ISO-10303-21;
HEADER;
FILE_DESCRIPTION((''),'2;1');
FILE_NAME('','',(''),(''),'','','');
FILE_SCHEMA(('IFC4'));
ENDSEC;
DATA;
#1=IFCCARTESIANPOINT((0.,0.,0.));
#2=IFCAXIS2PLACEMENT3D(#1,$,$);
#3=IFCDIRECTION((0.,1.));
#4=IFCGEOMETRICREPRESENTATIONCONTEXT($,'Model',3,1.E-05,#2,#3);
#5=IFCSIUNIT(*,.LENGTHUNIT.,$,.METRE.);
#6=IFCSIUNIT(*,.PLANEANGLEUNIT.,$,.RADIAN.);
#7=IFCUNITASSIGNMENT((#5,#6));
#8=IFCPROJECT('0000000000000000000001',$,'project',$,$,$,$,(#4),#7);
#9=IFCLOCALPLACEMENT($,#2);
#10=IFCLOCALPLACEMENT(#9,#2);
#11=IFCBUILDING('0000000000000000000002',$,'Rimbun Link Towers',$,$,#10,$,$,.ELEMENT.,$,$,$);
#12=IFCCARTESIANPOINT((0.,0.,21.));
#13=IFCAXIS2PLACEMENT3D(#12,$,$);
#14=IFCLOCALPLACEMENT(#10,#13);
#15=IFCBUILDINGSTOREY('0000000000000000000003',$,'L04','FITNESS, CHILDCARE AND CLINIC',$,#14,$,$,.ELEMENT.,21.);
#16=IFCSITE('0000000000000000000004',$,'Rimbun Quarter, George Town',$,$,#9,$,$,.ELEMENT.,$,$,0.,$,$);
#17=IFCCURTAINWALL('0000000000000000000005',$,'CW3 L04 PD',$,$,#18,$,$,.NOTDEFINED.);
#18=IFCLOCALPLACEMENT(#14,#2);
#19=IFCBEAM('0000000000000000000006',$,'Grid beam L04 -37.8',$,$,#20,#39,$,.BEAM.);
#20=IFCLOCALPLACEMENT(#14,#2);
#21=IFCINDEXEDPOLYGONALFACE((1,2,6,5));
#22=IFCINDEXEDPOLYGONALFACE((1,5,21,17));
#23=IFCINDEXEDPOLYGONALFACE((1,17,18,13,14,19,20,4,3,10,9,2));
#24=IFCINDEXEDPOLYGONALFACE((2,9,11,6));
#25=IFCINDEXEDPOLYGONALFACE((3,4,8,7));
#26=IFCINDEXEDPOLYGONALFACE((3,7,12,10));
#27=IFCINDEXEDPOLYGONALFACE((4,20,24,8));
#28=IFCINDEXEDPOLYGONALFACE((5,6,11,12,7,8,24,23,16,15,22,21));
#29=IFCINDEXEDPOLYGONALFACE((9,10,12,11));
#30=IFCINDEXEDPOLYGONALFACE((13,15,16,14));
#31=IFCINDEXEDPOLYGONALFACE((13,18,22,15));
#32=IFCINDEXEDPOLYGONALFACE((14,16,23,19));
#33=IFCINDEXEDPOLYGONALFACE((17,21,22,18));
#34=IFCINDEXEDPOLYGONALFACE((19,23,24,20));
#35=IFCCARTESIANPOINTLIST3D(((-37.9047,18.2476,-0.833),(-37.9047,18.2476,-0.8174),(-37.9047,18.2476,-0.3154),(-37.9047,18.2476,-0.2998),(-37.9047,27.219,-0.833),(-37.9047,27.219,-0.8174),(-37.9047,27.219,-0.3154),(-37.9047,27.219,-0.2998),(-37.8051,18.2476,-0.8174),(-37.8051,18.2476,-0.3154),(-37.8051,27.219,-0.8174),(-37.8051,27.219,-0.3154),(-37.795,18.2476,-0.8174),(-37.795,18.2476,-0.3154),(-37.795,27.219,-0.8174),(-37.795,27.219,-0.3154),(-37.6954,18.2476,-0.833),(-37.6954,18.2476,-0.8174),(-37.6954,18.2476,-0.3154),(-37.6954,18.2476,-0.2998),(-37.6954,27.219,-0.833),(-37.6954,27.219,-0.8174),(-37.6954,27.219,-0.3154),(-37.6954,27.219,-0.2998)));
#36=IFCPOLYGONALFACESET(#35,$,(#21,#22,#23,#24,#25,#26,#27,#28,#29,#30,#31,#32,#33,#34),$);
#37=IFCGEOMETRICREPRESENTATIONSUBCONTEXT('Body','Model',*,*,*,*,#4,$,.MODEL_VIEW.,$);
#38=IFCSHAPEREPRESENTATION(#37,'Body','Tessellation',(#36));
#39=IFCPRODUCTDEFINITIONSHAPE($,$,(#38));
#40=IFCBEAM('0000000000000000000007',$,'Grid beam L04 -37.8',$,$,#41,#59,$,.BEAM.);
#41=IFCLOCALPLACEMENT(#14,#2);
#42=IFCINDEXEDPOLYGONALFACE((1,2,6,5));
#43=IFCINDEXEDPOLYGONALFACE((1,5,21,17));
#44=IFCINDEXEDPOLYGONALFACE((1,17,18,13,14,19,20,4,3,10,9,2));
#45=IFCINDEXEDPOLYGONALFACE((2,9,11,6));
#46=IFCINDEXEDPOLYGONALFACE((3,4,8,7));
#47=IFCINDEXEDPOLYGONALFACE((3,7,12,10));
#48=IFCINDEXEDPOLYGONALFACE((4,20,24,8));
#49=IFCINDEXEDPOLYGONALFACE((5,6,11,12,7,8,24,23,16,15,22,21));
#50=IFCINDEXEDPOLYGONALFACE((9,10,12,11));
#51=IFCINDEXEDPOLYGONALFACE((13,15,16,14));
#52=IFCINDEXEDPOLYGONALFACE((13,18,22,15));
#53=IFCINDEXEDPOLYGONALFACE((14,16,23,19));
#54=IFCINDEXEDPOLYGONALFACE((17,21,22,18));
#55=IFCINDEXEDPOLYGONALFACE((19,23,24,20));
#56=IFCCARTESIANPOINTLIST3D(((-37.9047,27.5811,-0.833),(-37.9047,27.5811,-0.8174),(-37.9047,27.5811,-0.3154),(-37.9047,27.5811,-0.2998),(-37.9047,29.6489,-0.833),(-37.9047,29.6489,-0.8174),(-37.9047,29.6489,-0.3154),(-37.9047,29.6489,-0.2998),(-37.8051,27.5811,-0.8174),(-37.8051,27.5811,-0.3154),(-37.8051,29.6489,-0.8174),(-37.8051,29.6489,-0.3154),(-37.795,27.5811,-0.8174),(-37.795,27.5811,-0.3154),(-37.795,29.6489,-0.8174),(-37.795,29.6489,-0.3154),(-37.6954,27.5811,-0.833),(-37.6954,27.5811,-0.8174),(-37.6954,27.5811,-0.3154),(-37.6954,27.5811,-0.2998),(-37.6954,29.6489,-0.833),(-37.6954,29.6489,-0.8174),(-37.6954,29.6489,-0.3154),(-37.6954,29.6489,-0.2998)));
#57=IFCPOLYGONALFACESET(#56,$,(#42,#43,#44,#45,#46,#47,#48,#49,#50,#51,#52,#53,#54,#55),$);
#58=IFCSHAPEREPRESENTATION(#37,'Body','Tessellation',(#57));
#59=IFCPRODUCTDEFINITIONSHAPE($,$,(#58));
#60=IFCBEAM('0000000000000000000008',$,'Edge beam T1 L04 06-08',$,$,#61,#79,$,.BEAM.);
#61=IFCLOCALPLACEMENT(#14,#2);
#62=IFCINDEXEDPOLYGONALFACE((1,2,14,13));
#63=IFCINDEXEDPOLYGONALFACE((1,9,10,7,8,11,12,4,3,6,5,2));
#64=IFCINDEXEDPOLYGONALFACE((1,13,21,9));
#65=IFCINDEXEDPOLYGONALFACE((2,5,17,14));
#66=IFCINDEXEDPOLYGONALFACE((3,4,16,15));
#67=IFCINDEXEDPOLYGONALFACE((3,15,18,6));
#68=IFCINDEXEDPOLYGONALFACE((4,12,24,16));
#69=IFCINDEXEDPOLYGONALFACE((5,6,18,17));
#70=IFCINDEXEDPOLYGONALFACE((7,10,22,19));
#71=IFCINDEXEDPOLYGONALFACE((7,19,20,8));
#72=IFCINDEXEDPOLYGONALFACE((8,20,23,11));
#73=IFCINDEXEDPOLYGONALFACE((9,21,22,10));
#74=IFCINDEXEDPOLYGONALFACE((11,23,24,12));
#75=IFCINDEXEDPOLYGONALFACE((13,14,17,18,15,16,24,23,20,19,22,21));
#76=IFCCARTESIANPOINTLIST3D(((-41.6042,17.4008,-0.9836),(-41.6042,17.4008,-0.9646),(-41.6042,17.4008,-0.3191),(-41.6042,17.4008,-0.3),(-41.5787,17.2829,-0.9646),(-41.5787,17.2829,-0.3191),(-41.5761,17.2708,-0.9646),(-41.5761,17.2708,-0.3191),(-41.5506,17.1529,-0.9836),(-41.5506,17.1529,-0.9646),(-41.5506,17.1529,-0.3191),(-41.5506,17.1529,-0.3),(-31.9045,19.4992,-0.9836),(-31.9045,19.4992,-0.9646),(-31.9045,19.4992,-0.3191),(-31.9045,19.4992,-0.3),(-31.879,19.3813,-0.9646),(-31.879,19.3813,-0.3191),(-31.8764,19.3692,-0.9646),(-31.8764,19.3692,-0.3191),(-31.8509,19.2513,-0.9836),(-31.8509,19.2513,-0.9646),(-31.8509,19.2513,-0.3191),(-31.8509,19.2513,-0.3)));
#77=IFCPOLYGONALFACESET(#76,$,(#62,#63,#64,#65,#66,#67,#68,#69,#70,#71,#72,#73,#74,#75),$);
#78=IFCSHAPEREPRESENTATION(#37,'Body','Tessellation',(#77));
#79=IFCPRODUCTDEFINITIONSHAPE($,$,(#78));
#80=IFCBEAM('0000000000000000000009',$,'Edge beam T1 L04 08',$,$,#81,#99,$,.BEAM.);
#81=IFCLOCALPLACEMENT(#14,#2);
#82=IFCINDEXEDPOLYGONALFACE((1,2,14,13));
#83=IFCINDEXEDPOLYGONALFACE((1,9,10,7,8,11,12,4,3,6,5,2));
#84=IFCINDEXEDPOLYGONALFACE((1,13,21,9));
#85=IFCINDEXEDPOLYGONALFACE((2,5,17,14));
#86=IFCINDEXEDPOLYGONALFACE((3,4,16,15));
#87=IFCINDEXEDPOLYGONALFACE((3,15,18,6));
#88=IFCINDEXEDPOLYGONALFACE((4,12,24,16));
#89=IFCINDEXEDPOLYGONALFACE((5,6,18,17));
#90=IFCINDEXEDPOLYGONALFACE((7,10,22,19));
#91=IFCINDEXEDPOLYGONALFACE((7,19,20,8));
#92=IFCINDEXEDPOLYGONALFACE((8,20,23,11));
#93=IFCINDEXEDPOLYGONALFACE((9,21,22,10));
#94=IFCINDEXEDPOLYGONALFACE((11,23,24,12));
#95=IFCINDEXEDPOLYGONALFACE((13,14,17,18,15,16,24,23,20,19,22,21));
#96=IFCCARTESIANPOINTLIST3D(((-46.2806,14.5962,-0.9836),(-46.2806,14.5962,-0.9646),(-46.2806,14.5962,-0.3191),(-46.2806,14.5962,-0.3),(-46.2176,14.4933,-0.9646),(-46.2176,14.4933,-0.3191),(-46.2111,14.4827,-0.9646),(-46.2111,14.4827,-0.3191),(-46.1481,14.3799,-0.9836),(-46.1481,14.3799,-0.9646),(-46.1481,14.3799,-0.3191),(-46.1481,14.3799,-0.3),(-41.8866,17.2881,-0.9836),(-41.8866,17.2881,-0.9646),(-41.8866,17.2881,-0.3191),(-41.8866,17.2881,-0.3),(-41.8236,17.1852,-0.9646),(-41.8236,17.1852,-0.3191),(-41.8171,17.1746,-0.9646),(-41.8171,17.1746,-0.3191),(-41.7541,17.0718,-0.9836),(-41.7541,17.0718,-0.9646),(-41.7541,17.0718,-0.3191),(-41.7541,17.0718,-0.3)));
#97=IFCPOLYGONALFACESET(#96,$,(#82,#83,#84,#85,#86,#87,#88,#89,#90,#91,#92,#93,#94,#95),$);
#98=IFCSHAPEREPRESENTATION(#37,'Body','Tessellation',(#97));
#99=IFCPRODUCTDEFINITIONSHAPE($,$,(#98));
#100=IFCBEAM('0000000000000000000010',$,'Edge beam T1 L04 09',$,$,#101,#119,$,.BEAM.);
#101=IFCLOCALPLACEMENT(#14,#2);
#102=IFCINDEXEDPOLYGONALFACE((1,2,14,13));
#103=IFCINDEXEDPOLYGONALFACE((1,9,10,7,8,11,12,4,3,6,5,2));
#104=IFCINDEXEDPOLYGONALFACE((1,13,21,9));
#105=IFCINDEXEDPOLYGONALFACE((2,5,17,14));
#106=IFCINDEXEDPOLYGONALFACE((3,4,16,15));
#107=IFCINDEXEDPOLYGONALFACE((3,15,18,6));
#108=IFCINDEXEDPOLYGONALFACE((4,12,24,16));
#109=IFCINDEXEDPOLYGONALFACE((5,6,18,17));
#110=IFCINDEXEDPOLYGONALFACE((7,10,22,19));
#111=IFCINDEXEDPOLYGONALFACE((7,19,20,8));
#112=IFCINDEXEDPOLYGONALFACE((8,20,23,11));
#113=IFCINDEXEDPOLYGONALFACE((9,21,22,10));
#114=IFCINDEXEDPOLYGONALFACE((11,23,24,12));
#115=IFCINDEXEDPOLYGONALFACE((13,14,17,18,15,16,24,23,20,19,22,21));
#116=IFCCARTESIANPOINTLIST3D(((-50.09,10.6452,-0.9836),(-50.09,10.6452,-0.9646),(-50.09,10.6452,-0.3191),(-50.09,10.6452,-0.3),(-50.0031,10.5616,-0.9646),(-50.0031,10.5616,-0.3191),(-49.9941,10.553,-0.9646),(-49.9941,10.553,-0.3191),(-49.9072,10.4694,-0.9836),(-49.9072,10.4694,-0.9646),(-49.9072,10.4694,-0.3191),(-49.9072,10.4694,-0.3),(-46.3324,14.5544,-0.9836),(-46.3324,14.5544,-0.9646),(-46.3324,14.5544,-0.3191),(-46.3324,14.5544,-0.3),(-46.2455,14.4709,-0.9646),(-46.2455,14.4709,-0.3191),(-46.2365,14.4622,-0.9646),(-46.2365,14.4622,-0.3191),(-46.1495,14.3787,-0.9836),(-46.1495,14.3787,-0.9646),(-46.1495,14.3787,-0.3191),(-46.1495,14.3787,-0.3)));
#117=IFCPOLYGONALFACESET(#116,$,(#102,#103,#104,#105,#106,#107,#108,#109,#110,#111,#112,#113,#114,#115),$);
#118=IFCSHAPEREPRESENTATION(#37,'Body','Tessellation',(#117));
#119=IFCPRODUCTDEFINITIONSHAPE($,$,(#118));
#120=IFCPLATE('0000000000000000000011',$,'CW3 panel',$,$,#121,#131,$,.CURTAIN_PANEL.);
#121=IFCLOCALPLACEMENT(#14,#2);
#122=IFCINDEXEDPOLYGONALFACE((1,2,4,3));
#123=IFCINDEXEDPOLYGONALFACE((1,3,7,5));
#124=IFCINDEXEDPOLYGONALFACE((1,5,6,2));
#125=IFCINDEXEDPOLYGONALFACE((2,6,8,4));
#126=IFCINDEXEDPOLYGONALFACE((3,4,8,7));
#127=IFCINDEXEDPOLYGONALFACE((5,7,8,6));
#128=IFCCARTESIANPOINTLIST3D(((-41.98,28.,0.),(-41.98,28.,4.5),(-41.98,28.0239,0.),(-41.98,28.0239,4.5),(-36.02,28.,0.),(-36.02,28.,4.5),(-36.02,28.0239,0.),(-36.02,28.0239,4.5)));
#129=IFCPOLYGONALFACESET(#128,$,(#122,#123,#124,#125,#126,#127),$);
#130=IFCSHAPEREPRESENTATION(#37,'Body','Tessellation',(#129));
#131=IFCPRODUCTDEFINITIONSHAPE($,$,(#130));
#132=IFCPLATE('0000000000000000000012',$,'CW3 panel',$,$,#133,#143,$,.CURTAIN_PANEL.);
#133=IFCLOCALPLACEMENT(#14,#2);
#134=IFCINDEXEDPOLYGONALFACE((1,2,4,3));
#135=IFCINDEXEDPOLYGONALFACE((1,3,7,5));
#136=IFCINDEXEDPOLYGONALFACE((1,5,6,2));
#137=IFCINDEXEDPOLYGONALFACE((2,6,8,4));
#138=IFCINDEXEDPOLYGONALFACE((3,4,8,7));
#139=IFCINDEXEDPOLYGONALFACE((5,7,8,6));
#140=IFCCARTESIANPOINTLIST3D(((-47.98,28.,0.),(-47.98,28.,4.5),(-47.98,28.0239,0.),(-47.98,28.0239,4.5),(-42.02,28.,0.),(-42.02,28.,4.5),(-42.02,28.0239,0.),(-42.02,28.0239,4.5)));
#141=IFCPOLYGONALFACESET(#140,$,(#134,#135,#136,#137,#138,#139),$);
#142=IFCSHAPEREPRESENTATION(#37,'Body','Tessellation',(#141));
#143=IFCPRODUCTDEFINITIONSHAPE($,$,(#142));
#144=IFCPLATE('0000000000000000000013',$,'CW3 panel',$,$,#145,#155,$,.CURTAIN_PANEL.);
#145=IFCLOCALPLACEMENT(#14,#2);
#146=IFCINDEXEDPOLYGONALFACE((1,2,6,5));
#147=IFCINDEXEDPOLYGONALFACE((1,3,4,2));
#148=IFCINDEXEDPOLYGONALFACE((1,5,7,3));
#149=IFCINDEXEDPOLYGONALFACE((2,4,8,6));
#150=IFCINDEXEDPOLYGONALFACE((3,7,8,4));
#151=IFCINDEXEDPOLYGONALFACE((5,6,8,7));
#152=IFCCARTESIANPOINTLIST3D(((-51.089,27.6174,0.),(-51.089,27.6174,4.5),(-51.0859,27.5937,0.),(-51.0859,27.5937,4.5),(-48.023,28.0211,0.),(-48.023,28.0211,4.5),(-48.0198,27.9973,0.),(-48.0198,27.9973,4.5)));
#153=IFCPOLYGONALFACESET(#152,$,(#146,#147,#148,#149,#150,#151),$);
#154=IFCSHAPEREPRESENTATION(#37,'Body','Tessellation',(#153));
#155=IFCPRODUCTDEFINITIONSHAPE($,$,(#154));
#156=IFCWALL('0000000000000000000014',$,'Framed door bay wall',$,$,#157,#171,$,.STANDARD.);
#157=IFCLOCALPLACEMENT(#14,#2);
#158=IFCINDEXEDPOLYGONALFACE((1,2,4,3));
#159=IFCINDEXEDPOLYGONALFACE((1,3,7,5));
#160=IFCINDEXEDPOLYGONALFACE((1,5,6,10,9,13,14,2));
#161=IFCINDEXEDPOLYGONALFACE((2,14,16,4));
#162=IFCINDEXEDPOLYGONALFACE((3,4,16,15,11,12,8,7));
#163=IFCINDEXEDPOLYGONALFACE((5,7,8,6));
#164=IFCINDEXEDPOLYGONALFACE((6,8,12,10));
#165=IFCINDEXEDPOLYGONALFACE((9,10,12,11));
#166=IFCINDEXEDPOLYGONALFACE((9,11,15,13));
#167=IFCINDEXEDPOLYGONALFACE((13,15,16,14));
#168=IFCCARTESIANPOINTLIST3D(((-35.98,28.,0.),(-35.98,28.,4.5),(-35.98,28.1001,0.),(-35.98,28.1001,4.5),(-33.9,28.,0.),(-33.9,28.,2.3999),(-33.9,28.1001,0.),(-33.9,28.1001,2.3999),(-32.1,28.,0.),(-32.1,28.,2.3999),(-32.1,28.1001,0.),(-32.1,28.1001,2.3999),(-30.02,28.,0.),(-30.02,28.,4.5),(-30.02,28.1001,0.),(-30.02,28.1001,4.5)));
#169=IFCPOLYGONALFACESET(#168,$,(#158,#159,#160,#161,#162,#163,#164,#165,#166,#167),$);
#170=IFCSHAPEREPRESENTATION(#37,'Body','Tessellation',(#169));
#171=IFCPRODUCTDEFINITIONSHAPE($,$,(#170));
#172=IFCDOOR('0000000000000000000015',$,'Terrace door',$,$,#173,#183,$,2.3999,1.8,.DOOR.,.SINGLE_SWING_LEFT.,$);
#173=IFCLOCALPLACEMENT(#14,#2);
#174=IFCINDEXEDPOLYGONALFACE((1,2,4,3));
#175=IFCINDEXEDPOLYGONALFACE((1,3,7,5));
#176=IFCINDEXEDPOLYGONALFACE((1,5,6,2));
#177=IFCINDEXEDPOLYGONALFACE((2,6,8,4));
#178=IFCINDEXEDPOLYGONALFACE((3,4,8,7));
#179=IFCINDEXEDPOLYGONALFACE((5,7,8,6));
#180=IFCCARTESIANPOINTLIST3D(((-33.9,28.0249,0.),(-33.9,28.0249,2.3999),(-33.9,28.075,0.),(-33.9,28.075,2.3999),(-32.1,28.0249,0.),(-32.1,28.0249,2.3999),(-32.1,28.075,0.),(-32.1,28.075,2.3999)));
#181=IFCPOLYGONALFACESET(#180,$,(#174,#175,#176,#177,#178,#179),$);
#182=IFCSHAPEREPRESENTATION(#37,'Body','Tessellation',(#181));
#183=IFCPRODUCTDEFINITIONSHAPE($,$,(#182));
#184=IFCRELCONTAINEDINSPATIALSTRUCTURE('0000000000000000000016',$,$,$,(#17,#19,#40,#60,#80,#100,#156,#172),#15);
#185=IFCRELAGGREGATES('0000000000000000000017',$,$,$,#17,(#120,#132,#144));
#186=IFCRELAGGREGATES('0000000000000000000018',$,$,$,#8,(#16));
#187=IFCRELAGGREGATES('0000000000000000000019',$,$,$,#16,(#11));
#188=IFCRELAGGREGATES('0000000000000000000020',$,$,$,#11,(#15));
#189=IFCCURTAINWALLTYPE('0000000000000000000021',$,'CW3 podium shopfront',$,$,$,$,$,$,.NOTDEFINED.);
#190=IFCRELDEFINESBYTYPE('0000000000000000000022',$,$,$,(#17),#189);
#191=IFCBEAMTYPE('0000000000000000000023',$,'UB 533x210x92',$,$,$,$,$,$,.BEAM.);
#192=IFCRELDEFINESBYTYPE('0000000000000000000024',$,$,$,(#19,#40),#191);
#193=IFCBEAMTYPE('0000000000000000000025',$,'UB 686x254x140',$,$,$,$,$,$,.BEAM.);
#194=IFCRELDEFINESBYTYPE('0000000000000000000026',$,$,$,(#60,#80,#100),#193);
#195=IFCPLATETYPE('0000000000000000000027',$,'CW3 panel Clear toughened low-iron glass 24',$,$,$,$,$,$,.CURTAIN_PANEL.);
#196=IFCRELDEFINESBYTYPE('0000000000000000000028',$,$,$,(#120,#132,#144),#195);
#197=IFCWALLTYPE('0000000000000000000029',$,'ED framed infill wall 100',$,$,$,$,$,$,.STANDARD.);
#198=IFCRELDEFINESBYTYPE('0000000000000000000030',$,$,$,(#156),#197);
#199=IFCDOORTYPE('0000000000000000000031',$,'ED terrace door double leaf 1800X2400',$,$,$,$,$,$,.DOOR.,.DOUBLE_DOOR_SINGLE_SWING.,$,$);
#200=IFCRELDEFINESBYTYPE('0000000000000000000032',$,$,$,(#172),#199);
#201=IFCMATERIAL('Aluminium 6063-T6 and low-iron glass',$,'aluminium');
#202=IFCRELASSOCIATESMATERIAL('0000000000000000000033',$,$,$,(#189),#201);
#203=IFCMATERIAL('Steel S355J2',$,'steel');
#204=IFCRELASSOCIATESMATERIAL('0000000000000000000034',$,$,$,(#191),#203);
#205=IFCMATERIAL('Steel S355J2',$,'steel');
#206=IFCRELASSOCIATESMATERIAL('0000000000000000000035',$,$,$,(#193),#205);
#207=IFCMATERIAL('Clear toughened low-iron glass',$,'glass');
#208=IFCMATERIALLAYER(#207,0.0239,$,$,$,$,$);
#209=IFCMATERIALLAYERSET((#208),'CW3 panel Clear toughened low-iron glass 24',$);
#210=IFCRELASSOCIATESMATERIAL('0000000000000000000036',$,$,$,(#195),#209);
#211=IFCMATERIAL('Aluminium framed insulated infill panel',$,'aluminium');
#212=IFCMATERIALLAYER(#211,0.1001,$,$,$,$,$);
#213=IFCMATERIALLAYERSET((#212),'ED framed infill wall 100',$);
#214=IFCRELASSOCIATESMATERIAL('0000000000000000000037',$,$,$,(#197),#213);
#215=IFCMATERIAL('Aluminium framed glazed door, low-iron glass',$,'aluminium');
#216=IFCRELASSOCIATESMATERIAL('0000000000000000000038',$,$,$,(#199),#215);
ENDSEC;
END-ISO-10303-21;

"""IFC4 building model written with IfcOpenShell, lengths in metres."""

from ifc_helpers import new_model, si_unit, direction, frame, frame_2d, origin, origin_2d, place, context, subcontext, project, spatial, rectangle, i_section, extrude, material, layer, layer_set, material_profile, profile_set, type_object, element, fill, aggregate, save


model = new_model("IFC4")

# Units and contexts
model_context = context("Model", 3, precision=1e-05, world=origin(), true_north=direction((0.0, 1.0)))
body_context = subcontext(model_context, "Body", "Model", "MODEL_VIEW")
ifc_project = project(units=[si_unit("LENGTHUNIT", "METRE"), si_unit("PLANEANGLEUNIT", "RADIAN")], contexts=[model_context])

# Site, building, storey
site_placement = place(None, origin())
site = spatial("IfcSite", under=ifc_project, at=site_placement, Name="Rimbun Quarter, George Town", CompositionType="ELEMENT", RefElevation=0.0)
building_placement = place(site_placement, origin())
building = spatial("IfcBuilding", under=site, at=building_placement, Name="Rimbun Link Towers", CompositionType="ELEMENT")
storey_placement = place(building_placement, frame((0.0, 0.0, 21.0)))
storey = spatial("IfcBuildingStorey", under=building, at=storey_placement, Name="L04", Description="FITNESS, CHILDCARE AND CLINIC", CompositionType="ELEMENT", Elevation=21.0)

# Curtain wall
ifc_material_1 = material(Name="Aluminium 6063-T6 and low-iron glass", Category="aluminium")
curtain_wall_type = type_object("IfcCurtainWallType", Name="CW3 podium shopfront", PredefinedType="NOTDEFINED", material=ifc_material_1)
curtain_wall_placement = place(storey_placement, origin())
curtain_wall = element("IfcCurtainWall", 1, at=curtain_wall_placement, inside=storey, type_object=curtain_wall_type, Name="CW3 L04 PD", PredefinedType="NOTDEFINED")

# Beams
ifc_material_2 = material(Name="Steel S355J2", Category="steel")
ifc_material_profile_1 = material_profile(ifc_material_2, i_section(OverallWidth=0.2092, OverallDepth=0.5332, WebThickness=0.01, FlangeThickness=0.0156, at=origin_2d()), Name="UB 533x210x92")
ifc_profile_set_1 = profile_set([ifc_material_profile_1], Name="Steel S355J2")
beam_type_1 = type_object("IfcBeamType", Name="UB 533x210x92", PredefinedType="BEAM", material=ifc_profile_set_1)
beam_1_placement = place(storey_placement, frame((-37.8, 18.2476, -0.5664), z_axis=(0.0, 1.0, 0.0), x_axis=(-1.0, 0.0, 0.0)))
element("IfcBeam", 2, at=beam_1_placement, inside=storey, type_object=beam_type_1, Name="Grid beam L04 -37.8", PredefinedType="BEAM", context=body_context, shape_type="SweptSolid", body=[
    extrude(i_section(OverallWidth=0.2092, OverallDepth=0.5332, WebThickness=0.01, FlangeThickness=0.0156, at=origin_2d()), origin(), (0.0, 0.0, 1.0), 8.9714),
])
beam_2_placement = place(storey_placement, frame((-37.8, 27.5811, -0.5664), z_axis=(0.0, 1.0, 0.0), x_axis=(-1.0, 0.0, 0.0)))
element("IfcBeam", 3, at=beam_2_placement, inside=storey, type_object=beam_type_1, Name="Grid beam L04 -37.8", PredefinedType="BEAM", context=body_context, shape_type="SweptSolid", body=[
    extrude(i_section(OverallWidth=0.2092, OverallDepth=0.5332, WebThickness=0.01, FlangeThickness=0.0156, at=origin_2d()), origin(), (0.0, 0.0, 1.0), 2.0679),
])
ifc_material_3 = material(Name="Steel S355J2", Category="steel")
ifc_material_profile_2 = material_profile(ifc_material_3, i_section(OverallWidth=0.2537, OverallDepth=0.6836, WebThickness=0.0125, FlangeThickness=0.019, at=origin_2d()), Name="UB 686x254x140")
ifc_profile_set_2 = profile_set([ifc_material_profile_2], Name="Steel S355J2")
beam_type_2 = type_object("IfcBeamType", Name="UB 686x254x140", PredefinedType="BEAM", material=ifc_profile_set_2)
beam_3_placement = place(storey_placement, frame((-31.8777, 19.3752, -0.6418), z_axis=(-0.97739, -0.211444, 0.0), x_axis=(0.211444, -0.97739, 0.0)))
element("IfcBeam", 4, at=beam_3_placement, inside=storey, type_object=beam_type_2, Name="Edge beam T1 L04 06-08", PredefinedType="BEAM", context=body_context, shape_type="SweptSolid", body=[
    extrude(i_section(OverallWidth=0.2537, OverallDepth=0.6836, WebThickness=0.0125, FlangeThickness=0.019, at=origin_2d()), origin(), (0.0, 0.0, 1.0), 9.9241),
])
beam_4_placement = place(storey_placement, frame((-41.8203, 17.1799, -0.6418), z_axis=(-0.852707, -0.522389, 0.0), x_axis=(0.522389, -0.852707, 0.0)))
element("IfcBeam", 5, at=beam_4_placement, inside=storey, type_object=beam_type_2, Name="Edge beam T1 L04 08", PredefinedType="BEAM", context=body_context, shape_type="SweptSolid", body=[
    extrude(i_section(OverallWidth=0.2537, OverallDepth=0.6836, WebThickness=0.0125, FlangeThickness=0.019, at=origin_2d()), origin(), (0.0, 0.0, 1.0), 5.1531),
])
beam_5_placement = place(storey_placement, frame((-46.241, 14.4666, -0.6418), z_axis=(-0.692988, -0.720949, 0.0), x_axis=(0.720949, -0.692988, 0.0)))
element("IfcBeam", 6, at=beam_5_placement, inside=storey, type_object=beam_type_2, Name="Edge beam T1 L04 09", PredefinedType="BEAM", context=body_context, shape_type="SweptSolid", body=[
    extrude(i_section(OverallWidth=0.2537, OverallDepth=0.6836, WebThickness=0.0125, FlangeThickness=0.019, at=origin_2d()), origin(), (0.0, 0.0, 1.0), 5.4224),
])

# Plates
ifc_material_4 = material(Name="Clear toughened low-iron glass", Category="glass")
ifc_layer_1 = layer(ifc_material_4, 0.0239)
ifc_layer_set_1 = layer_set([ifc_layer_1], Name="CW3 panel Clear toughened low-iron glass 24")
plate_type = type_object("IfcPlateType", Name="CW3 panel Clear toughened low-iron glass 24", PredefinedType="CURTAIN_PANEL", material=ifc_layer_set_1)
plate_1_placement = place(storey_placement, frame((-39.0, 28.012, 0.0), z_axis=(0.0, 0.0, 1.0), x_axis=(1.0, 0.0, 0.0)))
plate_1 = element("IfcPlate", 7, at=plate_1_placement, type_object=plate_type, Name="CW3 panel", PredefinedType="CURTAIN_PANEL", context=body_context, shape_type="SweptSolid", body=[
    extrude(rectangle(XDim=5.96, YDim=0.0239, at=origin_2d()), origin(), (0.0, 0.0, 1.0), 4.5),
])
plate_2_placement = place(storey_placement, frame((-45.0, 28.012, 0.0), z_axis=(0.0, 0.0, 1.0), x_axis=(1.0, 0.0, 0.0)))
plate_2 = element("IfcPlate", 8, at=plate_2_placement, type_object=plate_type, Name="CW3 panel", PredefinedType="CURTAIN_PANEL", context=body_context, shape_type="SweptSolid", body=[
    extrude(rectangle(XDim=5.96, YDim=0.0239, at=origin_2d()), origin(), (0.0, 0.0, 1.0), 4.5),
])
plate_3_placement = place(storey_placement, frame((-49.5544, 27.8074, 0.0), z_axis=(0.0, 0.0, 1.0), x_axis=(0.991444, 0.13053, 0.0)))
plate_3 = element("IfcPlate", 9, at=plate_3_placement, type_object=plate_type, Name="CW3 panel", PredefinedType="CURTAIN_PANEL", context=body_context, shape_type="SweptSolid", body=[
    extrude(rectangle(XDim=3.0925, YDim=0.0239, at=origin_2d()), origin(), (0.0, 0.0, 1.0), 4.5),
])
aggregate(curtain_wall, [plate_1, plate_2, plate_3])

# Wall, opening, door
ifc_material_5 = material(Name="Aluminium framed insulated infill panel", Category="aluminium")
ifc_layer_2 = layer(ifc_material_5, 0.1001)
ifc_layer_set_2 = layer_set([ifc_layer_2], Name="ED framed infill wall 100")
wall_type = type_object("IfcWallType", Name="ED framed infill wall 100", PredefinedType="STANDARD", material=ifc_layer_set_2)
wall_placement = place(storey_placement, frame((-35.98, 28.05, 0.0), z_axis=(0.0, 0.0, 1.0), x_axis=(1.0, 0.0, 0.0)))
wall = element("IfcWall", 10, at=wall_placement, inside=storey, type_object=wall_type, Name="Framed door bay wall", PredefinedType="STANDARD", context=body_context, shape_type="SweptSolid", body=[
    extrude(rectangle(XDim=5.96, YDim=0.1001, at=frame_2d((2.98, 0.0))), origin(), (0.0, 0.0, 1.0), 4.5),
])
opening_placement = place(wall_placement, frame((2.0801, 0.0, 0.0)))
opening = element("IfcOpeningElement", 11, at=opening_placement, cuts=wall, PredefinedType="OPENING", context=body_context, shape_type="SweptSolid", body=[
    extrude(rectangle(XDim=1.8, YDim=2.3999, at=frame_2d((0.8999, 1.2))), frame((0.0, 0.0601, 0.0), z_axis=(0.0, -1.0, 0.0), x_axis=(1.0, 0.0, 0.0)), (0.0, 0.0, 1.0), 0.1201),
])
ifc_material_6 = material(Name="Aluminium framed glazed door, low-iron glass", Category="aluminium")
door_type = type_object("IfcDoorType", Name="ED terrace door double leaf 1800X2400", OperationType="DOUBLE_DOOR_SINGLE_SWING", PredefinedType="DOOR", material=ifc_material_6)
door_placement = place(opening_placement, origin())
door = element("IfcDoor", 12, at=door_placement, inside=storey, type_object=door_type, Name="Terrace door", OperationType="SINGLE_SWING_LEFT", OverallHeight=2.3999, OverallWidth=1.8, PredefinedType="DOOR", context=body_context, shape_type="SweptSolid", body=[
    extrude(rectangle(XDim=1.8, YDim=2.3999, at=frame_2d((0.8999, 1.2))), frame((0.0, 0.0249, 0.0), z_axis=(0.0, -1.0, 0.0), x_axis=(1.0, 0.0, 0.0)), (0.0, 0.0, 1.0), 0.05),
])
fill(opening, door)

save(model, "model.ifc")
